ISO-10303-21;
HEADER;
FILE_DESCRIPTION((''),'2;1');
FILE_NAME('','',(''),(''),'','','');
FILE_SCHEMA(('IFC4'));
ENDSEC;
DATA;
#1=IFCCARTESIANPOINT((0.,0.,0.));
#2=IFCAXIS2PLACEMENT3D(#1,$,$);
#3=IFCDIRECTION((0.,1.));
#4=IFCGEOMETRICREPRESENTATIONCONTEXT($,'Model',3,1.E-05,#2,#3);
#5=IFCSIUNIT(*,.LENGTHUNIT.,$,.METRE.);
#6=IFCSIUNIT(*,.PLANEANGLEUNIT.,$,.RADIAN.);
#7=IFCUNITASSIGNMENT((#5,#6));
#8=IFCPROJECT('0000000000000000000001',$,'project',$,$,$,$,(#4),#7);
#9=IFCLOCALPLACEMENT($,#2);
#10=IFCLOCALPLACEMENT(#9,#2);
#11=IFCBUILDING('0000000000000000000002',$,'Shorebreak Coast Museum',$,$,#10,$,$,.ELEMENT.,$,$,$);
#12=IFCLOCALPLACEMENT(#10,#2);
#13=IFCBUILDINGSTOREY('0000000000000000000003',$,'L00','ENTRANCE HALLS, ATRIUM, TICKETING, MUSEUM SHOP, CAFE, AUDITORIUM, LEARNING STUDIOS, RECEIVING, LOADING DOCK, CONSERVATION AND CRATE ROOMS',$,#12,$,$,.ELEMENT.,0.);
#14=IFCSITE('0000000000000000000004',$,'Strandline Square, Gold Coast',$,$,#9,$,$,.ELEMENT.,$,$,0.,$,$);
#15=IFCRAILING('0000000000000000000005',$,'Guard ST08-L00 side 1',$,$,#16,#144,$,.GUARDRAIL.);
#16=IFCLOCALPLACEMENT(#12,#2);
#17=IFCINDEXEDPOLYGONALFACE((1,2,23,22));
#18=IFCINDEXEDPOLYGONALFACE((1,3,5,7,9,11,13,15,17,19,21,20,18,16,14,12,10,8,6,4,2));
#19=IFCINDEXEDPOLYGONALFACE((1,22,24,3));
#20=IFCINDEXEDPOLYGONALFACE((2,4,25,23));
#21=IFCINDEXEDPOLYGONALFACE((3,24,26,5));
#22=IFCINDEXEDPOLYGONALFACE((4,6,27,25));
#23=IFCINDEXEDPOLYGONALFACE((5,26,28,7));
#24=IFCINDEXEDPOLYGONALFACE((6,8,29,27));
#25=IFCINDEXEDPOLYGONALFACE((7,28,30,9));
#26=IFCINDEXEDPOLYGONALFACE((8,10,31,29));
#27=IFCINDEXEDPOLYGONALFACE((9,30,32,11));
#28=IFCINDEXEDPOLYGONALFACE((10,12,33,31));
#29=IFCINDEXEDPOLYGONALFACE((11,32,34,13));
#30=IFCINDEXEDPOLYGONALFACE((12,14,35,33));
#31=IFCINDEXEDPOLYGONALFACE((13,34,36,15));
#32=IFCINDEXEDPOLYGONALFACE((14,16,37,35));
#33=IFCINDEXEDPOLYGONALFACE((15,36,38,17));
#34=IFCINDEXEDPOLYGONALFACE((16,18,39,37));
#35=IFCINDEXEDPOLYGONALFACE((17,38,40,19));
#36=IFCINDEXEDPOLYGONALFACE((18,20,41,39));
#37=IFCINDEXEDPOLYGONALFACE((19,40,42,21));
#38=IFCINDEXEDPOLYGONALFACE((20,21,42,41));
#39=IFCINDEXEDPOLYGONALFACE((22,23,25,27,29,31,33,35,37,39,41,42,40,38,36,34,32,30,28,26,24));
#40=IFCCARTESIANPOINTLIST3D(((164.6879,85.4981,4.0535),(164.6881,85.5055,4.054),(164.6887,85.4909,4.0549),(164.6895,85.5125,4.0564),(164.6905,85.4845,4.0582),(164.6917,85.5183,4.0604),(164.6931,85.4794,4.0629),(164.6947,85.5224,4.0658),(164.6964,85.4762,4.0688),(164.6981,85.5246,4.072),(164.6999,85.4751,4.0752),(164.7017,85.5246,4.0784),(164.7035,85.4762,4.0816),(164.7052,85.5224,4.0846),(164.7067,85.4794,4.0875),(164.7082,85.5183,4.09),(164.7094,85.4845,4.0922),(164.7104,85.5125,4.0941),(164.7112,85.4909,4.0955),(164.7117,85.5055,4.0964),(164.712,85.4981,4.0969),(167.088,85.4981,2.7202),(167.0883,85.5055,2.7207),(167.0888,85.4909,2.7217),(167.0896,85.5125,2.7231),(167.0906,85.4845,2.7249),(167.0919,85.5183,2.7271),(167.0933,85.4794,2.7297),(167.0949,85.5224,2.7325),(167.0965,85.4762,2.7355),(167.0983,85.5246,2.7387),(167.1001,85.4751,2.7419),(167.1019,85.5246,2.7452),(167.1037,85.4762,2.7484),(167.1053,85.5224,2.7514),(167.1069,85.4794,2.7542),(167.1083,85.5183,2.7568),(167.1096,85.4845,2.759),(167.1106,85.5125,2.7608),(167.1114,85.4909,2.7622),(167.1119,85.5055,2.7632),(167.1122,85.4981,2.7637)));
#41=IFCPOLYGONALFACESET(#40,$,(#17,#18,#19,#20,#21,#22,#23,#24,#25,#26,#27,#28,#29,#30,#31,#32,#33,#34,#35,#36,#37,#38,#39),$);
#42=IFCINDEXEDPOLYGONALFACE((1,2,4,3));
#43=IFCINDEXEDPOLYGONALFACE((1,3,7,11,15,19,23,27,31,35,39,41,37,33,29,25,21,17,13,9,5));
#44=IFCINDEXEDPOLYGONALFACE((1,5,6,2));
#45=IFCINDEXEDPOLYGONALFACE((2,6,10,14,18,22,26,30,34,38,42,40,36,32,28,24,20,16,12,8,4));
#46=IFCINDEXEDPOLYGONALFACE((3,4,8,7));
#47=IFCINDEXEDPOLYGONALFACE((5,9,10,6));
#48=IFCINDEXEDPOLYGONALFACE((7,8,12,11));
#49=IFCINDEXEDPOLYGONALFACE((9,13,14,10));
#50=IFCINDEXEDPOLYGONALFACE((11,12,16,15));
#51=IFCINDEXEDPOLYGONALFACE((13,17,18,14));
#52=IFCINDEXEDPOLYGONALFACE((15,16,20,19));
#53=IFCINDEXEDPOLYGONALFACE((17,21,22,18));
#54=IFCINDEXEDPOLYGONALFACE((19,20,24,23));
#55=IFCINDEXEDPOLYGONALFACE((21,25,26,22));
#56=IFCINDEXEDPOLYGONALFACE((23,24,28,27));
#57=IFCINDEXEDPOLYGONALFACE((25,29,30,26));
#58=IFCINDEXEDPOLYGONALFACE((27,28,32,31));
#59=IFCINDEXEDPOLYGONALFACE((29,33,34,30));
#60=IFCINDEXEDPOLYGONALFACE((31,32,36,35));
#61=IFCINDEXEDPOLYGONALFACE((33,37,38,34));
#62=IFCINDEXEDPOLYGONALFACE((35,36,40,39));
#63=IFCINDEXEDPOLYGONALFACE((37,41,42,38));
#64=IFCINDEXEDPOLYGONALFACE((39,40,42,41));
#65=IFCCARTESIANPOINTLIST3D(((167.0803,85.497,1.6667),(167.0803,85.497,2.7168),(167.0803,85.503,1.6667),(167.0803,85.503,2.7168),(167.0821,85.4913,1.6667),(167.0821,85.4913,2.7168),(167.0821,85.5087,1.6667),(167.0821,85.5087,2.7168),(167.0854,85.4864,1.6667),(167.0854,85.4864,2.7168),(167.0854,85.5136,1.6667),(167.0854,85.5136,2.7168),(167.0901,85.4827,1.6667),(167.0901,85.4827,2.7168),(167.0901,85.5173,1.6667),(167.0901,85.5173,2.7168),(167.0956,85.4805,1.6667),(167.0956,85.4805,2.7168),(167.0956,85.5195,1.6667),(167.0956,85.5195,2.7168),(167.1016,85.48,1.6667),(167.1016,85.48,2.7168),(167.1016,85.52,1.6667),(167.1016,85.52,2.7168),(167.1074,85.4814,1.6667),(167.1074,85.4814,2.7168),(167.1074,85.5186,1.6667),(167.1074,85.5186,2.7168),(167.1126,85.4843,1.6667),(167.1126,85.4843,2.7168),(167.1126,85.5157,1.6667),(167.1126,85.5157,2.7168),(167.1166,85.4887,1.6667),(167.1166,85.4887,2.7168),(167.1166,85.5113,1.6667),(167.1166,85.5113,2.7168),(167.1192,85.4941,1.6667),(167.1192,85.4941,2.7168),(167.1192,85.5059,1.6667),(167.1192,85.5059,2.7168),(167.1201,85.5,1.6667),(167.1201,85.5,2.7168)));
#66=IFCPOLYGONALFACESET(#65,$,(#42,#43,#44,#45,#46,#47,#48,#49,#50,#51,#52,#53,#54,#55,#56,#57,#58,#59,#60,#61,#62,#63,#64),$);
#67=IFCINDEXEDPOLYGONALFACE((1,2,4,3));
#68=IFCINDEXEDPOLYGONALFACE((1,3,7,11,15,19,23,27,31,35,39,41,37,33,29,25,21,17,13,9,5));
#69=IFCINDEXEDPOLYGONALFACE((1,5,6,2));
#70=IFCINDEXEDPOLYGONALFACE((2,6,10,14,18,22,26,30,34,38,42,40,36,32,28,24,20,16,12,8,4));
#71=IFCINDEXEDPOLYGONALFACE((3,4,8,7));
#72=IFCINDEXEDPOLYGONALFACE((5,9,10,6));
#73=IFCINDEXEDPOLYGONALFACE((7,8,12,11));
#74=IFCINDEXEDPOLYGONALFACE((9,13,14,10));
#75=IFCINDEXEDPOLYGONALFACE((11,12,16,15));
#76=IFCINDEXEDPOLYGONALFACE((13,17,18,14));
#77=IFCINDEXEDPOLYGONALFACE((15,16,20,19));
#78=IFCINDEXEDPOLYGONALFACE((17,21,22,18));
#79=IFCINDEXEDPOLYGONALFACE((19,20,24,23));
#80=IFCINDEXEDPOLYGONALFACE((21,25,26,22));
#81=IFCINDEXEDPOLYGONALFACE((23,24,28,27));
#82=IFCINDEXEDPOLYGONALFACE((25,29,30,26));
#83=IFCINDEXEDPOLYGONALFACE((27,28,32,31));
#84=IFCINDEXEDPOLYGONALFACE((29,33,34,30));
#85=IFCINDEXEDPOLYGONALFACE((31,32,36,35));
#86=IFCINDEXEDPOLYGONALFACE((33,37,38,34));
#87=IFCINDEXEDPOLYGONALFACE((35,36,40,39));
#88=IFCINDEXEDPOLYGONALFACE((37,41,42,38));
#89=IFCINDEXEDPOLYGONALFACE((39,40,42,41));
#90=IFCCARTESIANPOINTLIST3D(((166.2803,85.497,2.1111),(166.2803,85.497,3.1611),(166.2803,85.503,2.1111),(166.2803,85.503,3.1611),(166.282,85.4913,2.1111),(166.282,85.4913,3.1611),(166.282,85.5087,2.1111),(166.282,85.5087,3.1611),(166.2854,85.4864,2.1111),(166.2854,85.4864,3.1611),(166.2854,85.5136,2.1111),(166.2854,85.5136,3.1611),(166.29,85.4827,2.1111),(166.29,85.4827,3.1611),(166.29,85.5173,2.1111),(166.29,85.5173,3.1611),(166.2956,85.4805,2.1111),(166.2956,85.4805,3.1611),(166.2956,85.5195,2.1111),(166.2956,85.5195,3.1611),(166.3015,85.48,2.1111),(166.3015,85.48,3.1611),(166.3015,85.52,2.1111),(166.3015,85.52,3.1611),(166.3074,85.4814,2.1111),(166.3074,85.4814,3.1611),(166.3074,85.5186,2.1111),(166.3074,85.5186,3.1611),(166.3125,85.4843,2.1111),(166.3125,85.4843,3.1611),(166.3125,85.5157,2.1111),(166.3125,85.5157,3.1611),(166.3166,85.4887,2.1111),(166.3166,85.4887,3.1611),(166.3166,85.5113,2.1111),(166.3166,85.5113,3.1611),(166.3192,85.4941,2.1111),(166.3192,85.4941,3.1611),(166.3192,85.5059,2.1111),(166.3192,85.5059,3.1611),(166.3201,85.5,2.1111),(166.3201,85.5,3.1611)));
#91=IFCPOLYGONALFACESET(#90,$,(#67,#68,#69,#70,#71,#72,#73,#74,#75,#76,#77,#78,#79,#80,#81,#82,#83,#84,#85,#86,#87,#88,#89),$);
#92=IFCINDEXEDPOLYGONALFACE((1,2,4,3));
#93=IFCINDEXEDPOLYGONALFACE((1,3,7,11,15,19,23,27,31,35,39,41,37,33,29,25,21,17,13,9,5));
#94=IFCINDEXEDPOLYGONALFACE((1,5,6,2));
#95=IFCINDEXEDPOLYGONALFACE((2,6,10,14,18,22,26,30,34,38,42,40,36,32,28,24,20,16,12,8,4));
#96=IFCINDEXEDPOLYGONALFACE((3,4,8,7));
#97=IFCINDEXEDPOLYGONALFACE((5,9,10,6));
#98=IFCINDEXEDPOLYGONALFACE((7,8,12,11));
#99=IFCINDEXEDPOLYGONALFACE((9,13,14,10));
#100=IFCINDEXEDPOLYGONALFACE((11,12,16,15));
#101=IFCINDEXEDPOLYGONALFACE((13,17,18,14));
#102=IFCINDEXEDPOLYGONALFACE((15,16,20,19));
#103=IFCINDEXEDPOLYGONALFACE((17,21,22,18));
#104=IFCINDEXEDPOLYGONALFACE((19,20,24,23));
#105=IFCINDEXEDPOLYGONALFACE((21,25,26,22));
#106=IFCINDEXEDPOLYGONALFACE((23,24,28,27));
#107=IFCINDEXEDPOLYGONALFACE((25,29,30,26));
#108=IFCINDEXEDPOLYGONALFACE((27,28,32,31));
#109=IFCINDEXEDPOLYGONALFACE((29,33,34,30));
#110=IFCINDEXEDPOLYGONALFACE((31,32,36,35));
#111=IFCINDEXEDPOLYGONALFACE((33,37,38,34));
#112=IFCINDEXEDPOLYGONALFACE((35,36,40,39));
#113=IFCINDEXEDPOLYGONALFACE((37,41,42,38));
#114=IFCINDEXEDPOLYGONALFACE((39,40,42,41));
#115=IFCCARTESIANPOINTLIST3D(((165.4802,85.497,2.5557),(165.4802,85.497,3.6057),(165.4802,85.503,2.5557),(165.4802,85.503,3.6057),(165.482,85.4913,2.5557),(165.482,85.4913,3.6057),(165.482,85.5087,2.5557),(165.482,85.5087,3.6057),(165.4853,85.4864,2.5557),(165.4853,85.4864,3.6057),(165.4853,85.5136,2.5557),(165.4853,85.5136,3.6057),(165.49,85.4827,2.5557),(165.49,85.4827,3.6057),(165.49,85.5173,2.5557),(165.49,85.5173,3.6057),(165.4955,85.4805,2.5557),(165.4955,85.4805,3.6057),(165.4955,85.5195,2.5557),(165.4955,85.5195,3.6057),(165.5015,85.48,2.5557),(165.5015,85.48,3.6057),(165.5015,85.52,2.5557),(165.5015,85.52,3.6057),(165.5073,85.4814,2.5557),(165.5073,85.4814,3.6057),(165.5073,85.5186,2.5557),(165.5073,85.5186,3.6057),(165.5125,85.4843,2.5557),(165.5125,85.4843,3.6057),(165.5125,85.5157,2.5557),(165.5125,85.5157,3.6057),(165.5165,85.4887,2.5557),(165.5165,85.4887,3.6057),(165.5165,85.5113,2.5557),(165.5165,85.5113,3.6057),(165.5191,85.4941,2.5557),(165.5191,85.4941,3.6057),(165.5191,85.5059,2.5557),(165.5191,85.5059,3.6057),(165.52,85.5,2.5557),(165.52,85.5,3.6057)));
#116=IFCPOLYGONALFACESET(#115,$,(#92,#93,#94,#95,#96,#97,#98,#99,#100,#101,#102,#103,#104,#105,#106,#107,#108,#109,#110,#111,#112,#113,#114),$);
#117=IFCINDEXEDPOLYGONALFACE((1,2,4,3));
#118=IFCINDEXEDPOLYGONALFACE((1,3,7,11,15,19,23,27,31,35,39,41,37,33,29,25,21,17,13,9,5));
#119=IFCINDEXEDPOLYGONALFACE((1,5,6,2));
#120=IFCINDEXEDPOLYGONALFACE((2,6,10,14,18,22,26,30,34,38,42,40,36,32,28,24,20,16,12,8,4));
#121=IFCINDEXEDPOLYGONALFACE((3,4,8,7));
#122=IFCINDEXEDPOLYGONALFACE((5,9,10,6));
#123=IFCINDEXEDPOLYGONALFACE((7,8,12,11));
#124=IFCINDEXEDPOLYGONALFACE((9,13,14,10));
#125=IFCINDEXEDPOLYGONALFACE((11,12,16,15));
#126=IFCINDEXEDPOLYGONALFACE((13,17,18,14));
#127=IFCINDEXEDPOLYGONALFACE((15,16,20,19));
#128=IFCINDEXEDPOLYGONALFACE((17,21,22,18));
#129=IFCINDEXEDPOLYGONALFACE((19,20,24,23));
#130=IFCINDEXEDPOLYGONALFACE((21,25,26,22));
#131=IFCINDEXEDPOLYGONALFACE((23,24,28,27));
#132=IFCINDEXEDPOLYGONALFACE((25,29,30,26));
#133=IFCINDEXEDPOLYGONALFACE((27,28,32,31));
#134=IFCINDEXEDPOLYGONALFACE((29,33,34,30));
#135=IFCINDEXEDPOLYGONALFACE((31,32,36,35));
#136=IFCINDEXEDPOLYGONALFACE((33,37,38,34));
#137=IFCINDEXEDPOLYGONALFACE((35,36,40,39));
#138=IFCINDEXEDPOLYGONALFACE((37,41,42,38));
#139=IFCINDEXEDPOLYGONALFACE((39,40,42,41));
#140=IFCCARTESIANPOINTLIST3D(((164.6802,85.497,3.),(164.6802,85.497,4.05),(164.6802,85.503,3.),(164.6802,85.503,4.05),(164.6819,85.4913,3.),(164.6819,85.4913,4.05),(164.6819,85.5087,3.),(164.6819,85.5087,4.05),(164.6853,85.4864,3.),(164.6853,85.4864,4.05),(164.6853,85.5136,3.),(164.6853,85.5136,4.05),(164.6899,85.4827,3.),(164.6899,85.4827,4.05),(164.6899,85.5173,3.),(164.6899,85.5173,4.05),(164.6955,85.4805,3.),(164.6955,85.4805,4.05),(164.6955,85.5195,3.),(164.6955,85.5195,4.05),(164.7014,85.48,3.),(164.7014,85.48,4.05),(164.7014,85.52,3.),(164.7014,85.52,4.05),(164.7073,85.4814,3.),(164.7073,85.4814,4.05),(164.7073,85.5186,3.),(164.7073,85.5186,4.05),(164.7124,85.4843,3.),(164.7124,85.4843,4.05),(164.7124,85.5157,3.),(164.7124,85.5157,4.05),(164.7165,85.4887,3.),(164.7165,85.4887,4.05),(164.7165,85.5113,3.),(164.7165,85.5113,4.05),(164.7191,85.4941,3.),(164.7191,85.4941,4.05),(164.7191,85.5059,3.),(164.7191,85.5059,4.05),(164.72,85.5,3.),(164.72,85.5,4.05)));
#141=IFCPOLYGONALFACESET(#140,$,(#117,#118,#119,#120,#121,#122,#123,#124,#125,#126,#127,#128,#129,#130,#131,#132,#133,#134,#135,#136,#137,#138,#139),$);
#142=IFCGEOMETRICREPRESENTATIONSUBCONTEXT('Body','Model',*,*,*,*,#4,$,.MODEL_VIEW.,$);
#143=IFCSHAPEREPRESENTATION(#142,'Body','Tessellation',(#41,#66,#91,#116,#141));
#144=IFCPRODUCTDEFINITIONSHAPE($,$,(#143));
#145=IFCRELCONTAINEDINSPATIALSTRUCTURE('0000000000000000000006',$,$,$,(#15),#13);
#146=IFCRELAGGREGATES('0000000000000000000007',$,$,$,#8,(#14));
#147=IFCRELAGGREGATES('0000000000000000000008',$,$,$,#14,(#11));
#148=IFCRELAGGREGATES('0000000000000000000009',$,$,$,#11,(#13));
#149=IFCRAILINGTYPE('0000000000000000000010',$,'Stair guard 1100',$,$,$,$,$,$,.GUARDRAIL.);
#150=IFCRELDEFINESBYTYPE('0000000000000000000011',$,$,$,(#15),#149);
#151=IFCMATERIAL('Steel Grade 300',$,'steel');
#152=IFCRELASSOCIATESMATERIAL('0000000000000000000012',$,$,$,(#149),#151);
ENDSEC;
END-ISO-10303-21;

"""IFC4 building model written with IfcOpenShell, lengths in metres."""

from ifc_helpers import new_model, si_unit, direction, frame, origin, origin_2d, place, context, subcontext, project, spatial, circle, extrude, material, type_object, element, save


model = new_model("IFC4")

# Units and contexts
model_context = context("Model", 3, precision=1e-05, world=origin(), true_north=direction((0.0, 1.0)))
body_context = subcontext(model_context, "Body", "Model", "MODEL_VIEW")
ifc_project = project(units=[si_unit("LENGTHUNIT", "METRE"), si_unit("PLANEANGLEUNIT", "RADIAN")], contexts=[model_context])

# Site, building, storey
site_placement = place(None, origin())
site = spatial("IfcSite", under=ifc_project, at=site_placement, Name="Strandline Square, Gold Coast", CompositionType="ELEMENT", RefElevation=0.0)
building_placement = place(site_placement, origin())
building = spatial("IfcBuilding", under=site, at=building_placement, Name="Shorebreak Coast Museum", CompositionType="ELEMENT")
storey_placement = place(building_placement, origin())
storey = spatial("IfcBuildingStorey", under=building, at=storey_placement, Name="L00", Description="ENTRANCE HALLS, ATRIUM, TICKETING, MUSEUM SHOP, CAFE, AUDITORIUM, LEARNING STUDIOS, RECEIVING, LOADING DOCK, CONSERVATION AND CRATE ROOMS", CompositionType="ELEMENT", Elevation=0.0)

# Railing
ifc_material_1 = material(Name="Steel Grade 300", Category="steel")
railing_type_1 = type_object("IfcRailingType", Name="Stair guard 1100", PredefinedType="GUARDRAIL", material=ifc_material_1)
for number, where, name in (
    (1, (167.1001, 85.5, 1.6667), "Guard ST08-L00 side 1"),
):
    element("IfcRailing", number, at=place(storey_placement, frame(where)), inside=storey, type_object=railing_type_1, Name=name, PredefinedType="GUARDRAIL", context=body_context, shape_type="SweptSolid", body=[
        extrude(circle(Radius=0.0249, at=origin_2d()), frame((0.0, 0.0, 1.0752), z_axis=(-0.874182, 0.0, 0.485598), x_axis=(0.0, -1.0, 0.0)), (0.0, 0.0, 1.0), 2.7456),
        extrude(circle(Radius=0.02, at=origin_2d()), origin(), (0.0, 0.0, 1.0), 1.05),
        extrude(circle(Radius=0.02, at=origin_2d()), frame((-0.8, 0.0, 0.4443)), (0.0, 0.0, 1.0), 1.05),
        extrude(circle(Radius=0.02, at=origin_2d()), frame((-1.6001, 0.0, 0.8889)), (0.0, 0.0, 1.0), 1.05),
        extrude(circle(Radius=0.02, at=origin_2d()), frame((-2.4001, 0.0, 1.3333)), (0.0, 0.0, 1.0), 1.05),
    ])

save(model, "model.ifc")
